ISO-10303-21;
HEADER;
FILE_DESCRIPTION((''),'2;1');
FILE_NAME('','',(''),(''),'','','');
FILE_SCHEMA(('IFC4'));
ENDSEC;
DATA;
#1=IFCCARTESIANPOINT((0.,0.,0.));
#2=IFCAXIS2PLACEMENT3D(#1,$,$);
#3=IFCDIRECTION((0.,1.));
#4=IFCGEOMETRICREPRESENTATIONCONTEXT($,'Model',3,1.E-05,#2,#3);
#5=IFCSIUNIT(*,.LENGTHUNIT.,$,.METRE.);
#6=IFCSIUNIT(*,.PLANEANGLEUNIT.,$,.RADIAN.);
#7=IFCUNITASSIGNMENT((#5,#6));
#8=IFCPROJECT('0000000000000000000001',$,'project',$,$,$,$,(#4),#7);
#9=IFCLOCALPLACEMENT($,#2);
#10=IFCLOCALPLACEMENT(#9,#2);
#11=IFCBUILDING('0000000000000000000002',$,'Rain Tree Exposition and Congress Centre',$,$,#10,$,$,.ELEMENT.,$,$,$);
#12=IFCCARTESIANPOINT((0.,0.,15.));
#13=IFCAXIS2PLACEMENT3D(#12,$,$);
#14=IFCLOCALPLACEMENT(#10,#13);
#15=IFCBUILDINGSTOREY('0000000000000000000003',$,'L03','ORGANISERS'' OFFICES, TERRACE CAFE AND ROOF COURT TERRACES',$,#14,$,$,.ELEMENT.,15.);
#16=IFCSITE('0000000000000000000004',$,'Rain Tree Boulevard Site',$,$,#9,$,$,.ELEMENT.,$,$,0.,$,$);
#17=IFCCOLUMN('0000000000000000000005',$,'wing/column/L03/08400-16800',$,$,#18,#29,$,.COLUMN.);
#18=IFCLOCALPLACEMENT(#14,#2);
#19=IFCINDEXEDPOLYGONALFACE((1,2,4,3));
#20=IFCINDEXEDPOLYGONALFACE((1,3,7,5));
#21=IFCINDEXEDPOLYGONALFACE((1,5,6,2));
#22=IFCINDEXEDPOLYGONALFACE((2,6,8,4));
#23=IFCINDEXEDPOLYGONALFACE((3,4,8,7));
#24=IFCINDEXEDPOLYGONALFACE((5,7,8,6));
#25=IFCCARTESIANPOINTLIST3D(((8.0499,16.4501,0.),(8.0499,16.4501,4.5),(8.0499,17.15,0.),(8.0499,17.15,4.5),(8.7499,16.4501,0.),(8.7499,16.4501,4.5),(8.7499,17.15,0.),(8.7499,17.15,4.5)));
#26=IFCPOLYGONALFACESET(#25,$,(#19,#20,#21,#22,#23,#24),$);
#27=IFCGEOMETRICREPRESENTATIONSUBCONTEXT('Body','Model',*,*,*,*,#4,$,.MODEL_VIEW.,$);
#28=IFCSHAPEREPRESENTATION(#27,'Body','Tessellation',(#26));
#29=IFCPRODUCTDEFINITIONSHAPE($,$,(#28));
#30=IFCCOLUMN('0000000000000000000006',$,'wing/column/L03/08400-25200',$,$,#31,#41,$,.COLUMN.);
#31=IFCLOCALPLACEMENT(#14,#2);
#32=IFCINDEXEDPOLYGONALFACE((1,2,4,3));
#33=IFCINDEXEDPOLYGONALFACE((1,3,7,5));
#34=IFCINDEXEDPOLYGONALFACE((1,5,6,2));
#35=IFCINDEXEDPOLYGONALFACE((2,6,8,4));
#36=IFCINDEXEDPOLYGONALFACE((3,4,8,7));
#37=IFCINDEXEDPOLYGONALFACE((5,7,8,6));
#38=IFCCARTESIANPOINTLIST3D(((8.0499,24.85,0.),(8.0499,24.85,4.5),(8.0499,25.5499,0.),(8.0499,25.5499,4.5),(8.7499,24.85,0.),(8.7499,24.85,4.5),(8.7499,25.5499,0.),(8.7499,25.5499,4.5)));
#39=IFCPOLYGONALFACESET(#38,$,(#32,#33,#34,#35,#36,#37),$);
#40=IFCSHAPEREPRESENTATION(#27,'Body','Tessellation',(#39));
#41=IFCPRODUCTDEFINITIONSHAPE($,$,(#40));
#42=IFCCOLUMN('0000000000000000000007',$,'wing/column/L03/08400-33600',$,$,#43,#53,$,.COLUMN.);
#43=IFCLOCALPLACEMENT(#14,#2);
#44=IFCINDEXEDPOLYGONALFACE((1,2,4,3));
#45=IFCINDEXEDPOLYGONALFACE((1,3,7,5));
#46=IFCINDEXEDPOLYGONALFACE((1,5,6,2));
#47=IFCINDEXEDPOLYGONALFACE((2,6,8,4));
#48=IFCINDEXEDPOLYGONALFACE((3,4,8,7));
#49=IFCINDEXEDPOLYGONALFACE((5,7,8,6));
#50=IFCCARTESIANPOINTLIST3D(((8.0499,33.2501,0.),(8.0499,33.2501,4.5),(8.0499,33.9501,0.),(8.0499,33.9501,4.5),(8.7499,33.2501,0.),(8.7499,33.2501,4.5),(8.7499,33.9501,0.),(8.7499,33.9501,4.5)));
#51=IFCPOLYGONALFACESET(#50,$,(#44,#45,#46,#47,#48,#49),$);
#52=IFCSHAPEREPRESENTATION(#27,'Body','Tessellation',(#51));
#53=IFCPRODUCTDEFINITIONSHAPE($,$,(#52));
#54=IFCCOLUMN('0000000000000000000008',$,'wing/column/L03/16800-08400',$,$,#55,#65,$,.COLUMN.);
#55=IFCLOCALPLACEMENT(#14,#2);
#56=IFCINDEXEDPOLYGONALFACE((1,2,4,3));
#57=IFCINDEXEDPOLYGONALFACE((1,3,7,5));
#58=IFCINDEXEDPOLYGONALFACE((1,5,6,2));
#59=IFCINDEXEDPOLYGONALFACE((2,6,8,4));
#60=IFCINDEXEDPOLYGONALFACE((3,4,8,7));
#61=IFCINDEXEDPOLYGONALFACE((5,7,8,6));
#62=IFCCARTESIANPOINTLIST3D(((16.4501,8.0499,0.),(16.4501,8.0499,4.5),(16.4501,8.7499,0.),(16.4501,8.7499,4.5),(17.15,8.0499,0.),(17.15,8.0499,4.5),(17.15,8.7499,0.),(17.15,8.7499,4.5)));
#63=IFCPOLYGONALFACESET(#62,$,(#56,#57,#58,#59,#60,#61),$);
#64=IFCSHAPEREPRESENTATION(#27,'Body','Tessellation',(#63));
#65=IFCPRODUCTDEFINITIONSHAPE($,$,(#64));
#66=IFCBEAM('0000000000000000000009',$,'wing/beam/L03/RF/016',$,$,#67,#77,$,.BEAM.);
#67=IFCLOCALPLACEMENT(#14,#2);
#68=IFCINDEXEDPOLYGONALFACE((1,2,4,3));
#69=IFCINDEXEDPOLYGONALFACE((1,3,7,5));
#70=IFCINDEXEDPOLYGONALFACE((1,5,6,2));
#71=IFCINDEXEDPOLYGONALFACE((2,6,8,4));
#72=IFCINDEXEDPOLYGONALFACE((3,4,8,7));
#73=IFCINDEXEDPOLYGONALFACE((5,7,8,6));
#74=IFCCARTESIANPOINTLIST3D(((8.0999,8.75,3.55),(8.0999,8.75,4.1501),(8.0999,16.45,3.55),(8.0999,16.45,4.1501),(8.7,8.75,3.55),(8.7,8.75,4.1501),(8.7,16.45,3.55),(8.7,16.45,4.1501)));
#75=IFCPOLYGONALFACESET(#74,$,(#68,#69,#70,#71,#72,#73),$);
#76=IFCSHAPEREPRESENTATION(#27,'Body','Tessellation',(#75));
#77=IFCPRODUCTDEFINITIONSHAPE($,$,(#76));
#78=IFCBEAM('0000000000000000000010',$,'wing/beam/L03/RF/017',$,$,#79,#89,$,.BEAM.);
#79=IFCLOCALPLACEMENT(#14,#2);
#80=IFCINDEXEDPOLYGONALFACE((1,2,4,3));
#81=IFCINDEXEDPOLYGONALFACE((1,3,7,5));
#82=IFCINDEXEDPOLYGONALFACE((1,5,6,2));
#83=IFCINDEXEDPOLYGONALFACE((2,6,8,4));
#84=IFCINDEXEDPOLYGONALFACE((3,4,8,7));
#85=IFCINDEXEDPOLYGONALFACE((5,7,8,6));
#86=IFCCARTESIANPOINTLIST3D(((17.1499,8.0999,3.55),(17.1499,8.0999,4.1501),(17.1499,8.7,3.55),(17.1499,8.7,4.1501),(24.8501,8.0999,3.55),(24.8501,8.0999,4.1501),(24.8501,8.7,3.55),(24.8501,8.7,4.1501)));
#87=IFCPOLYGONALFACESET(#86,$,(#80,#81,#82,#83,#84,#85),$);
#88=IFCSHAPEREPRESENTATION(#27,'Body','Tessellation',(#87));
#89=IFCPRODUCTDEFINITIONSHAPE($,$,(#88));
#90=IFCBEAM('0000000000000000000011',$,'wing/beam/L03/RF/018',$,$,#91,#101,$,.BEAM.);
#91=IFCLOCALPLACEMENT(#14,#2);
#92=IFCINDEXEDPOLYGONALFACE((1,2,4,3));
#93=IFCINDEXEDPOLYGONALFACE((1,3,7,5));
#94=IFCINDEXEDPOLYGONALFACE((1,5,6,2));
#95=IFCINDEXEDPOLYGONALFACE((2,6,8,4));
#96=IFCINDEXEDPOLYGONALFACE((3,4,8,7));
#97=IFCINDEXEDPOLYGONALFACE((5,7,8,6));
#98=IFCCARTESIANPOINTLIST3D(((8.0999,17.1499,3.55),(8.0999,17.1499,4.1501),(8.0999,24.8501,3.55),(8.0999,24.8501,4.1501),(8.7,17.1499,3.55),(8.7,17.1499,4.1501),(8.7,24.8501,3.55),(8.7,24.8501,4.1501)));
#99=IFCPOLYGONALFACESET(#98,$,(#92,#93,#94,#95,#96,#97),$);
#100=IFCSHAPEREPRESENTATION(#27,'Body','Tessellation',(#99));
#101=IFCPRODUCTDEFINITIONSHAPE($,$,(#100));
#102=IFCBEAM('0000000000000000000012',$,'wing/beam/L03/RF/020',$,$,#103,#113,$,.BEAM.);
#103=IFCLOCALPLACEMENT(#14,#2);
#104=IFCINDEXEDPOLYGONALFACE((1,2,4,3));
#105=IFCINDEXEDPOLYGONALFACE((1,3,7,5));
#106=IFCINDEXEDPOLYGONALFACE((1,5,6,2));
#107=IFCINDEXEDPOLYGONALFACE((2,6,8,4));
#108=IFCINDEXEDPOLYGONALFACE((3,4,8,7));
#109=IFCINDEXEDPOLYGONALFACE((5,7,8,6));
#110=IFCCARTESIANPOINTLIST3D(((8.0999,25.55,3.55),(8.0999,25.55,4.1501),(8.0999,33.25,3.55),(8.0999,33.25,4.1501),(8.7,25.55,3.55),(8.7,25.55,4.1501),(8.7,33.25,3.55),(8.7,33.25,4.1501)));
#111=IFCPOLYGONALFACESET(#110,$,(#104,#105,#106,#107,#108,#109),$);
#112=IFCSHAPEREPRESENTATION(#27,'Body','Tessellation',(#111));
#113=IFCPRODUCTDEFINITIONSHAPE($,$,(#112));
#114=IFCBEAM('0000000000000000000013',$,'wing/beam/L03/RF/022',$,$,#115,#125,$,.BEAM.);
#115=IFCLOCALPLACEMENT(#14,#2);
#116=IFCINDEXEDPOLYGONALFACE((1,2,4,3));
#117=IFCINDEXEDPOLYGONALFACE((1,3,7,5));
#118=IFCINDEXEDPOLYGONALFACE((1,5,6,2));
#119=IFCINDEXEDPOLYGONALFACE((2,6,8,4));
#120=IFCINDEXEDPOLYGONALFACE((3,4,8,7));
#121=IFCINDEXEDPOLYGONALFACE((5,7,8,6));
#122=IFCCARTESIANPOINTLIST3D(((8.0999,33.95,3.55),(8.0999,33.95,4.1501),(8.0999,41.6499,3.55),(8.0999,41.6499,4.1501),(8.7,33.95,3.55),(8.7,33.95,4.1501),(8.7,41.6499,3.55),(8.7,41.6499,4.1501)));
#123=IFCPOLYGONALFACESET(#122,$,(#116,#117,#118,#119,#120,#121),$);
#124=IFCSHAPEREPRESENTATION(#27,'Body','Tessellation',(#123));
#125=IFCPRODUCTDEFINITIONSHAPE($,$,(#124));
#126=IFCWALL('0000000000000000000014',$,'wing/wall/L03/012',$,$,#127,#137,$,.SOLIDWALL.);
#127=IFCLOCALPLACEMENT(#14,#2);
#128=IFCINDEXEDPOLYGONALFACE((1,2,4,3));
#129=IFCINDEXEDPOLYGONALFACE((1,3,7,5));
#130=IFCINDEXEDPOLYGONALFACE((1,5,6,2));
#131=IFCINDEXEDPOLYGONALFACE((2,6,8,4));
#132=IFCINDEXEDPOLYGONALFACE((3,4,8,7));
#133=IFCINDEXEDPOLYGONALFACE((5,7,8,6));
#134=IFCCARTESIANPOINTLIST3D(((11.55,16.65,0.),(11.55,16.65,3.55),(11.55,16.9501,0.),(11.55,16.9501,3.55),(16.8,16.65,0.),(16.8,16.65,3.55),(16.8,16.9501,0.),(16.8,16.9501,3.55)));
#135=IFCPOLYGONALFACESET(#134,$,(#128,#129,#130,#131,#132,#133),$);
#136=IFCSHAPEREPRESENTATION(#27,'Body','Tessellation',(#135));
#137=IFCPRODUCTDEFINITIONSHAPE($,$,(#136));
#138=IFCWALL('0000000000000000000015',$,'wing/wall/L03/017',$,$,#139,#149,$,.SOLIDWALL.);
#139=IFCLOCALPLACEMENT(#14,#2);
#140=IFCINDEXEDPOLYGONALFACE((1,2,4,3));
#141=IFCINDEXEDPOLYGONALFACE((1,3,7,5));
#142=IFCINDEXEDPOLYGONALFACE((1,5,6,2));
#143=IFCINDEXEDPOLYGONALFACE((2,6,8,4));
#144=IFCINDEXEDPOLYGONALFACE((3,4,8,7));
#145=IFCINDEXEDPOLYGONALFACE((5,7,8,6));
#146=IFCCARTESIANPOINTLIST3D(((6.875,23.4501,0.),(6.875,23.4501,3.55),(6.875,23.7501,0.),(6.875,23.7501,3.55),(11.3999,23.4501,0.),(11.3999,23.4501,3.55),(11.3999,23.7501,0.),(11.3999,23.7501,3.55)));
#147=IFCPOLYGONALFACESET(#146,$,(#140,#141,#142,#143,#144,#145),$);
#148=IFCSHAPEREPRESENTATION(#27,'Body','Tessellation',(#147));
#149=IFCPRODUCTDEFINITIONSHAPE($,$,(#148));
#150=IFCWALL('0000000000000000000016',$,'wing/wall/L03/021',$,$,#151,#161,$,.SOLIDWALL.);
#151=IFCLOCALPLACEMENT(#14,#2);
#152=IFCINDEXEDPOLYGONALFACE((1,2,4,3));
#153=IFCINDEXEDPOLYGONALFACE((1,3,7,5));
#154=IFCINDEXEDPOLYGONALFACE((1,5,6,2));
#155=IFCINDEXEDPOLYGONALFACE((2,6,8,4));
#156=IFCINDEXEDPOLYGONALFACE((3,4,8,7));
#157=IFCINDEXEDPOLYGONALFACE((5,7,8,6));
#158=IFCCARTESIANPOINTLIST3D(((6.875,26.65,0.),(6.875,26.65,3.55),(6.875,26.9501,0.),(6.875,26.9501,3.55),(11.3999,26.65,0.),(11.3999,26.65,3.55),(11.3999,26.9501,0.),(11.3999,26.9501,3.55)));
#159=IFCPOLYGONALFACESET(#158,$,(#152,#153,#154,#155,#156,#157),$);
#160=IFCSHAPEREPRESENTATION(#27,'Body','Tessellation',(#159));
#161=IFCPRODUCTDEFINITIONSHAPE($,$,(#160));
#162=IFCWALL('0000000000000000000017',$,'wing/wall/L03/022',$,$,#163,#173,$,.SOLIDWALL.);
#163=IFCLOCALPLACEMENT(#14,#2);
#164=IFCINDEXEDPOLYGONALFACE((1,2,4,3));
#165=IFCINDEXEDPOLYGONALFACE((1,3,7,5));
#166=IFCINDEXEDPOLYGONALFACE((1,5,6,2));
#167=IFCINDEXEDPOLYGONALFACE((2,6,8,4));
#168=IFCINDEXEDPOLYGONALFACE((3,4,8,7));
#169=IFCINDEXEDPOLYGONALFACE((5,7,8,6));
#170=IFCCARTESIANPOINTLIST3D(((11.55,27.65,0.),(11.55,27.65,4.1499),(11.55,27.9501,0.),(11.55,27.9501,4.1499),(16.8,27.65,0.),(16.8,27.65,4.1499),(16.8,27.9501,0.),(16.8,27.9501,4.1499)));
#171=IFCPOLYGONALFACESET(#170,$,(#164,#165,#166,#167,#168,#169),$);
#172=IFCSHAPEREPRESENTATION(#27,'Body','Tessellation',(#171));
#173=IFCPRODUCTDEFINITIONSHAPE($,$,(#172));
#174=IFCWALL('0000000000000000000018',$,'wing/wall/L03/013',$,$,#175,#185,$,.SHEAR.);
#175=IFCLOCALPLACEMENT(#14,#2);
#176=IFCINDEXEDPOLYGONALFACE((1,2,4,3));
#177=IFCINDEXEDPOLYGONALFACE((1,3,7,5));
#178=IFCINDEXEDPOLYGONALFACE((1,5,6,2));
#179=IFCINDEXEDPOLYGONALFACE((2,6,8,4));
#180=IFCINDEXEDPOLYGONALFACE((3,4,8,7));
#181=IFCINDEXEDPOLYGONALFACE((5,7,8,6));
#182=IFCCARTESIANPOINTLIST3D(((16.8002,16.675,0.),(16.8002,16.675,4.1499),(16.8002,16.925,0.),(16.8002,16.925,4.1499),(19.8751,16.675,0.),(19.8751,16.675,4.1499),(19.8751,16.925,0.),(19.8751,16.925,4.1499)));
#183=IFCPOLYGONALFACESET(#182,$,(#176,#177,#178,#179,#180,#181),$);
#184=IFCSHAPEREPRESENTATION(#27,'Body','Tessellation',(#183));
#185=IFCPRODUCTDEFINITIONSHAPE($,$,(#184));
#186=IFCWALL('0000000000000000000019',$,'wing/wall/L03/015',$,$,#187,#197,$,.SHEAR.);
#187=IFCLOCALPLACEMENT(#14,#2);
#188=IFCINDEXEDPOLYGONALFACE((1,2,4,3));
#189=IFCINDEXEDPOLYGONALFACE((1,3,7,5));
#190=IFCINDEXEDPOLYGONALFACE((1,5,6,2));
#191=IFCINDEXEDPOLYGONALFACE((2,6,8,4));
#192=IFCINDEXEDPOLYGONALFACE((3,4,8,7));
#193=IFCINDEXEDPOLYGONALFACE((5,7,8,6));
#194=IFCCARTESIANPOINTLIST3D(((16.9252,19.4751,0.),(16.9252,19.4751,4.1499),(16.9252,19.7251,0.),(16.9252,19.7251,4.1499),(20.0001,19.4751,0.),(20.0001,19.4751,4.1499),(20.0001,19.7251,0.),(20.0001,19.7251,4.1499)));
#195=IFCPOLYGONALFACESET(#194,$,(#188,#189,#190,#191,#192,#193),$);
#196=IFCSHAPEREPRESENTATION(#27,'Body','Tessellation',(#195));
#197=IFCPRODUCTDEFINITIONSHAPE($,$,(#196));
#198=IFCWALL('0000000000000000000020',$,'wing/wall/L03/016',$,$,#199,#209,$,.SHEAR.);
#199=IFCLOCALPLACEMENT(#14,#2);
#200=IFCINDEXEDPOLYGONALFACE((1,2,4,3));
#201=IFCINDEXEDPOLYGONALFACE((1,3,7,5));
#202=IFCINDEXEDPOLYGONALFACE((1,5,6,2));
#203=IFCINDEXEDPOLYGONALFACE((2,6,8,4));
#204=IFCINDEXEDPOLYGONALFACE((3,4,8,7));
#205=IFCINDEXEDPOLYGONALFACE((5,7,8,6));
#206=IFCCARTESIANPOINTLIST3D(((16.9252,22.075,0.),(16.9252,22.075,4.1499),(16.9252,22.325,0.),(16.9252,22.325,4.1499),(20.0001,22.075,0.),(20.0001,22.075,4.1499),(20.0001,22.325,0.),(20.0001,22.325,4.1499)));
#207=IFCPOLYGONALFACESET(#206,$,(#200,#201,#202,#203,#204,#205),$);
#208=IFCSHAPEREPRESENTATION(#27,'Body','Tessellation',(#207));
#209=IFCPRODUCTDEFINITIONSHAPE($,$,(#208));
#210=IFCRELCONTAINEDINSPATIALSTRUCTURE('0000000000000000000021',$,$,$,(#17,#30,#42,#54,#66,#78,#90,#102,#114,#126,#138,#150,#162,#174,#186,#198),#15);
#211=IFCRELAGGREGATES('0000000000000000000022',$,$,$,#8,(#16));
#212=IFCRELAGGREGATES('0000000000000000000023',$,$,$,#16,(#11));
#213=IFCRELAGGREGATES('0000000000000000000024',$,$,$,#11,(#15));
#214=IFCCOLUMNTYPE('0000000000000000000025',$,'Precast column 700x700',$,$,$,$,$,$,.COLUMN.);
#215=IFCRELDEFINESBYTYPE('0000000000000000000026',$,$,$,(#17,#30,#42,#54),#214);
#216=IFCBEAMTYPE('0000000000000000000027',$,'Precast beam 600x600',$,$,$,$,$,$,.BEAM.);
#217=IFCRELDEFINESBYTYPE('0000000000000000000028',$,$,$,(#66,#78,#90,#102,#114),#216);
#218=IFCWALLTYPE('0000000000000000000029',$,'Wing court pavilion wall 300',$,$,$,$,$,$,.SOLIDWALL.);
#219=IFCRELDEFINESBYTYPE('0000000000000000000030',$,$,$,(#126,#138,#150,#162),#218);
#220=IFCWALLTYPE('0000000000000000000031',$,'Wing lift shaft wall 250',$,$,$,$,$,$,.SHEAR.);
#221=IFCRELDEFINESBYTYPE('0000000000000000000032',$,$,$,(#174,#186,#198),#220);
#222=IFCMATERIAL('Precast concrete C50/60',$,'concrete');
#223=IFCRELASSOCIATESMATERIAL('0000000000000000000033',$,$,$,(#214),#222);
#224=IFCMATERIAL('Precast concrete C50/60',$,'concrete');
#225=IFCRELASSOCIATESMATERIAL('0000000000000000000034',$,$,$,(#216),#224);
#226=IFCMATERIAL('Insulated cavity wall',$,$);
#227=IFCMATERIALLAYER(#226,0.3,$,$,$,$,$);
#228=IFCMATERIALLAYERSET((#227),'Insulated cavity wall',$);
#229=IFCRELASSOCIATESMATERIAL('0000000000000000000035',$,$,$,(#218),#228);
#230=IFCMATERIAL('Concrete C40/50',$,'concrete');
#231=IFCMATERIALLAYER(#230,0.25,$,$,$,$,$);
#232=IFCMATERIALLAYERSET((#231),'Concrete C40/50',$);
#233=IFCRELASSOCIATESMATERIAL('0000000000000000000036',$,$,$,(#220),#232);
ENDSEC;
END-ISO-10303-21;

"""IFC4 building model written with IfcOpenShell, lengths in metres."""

from ifc_helpers import new_model, si_unit, direction, frame, frame_2d, origin, origin_2d, place, context, subcontext, project, spatial, rectangle, extrude, material, layer, layer_set, material_profile, profile_set, type_object, element, save


model = new_model("IFC4")

# Units and contexts
model_context = context("Model", 3, precision=1e-05, world=origin(), true_north=direction((0.0, 1.0)))
body_context = subcontext(model_context, "Body", "Model", "MODEL_VIEW")
ifc_project = project(units=[si_unit("LENGTHUNIT", "METRE"), si_unit("PLANEANGLEUNIT", "RADIAN")], contexts=[model_context])

# Site, building, storey
site_placement = place(None, origin())
site = spatial("IfcSite", under=ifc_project, at=site_placement, Name="Rain Tree Boulevard Site", CompositionType="ELEMENT", RefElevation=0.0)
building_placement = place(site_placement, origin())
building = spatial("IfcBuilding", under=site, at=building_placement, Name="Rain Tree Exposition and Congress Centre", CompositionType="ELEMENT")
storey_placement = place(building_placement, frame((0.0, 0.0, 15.0)))
storey = spatial("IfcBuildingStorey", under=building, at=storey_placement, Name="L03", Description="ORGANISERS' OFFICES, TERRACE CAFE AND ROOF COURT TERRACES", CompositionType="ELEMENT", Elevation=15.0)

# Columns
ifc_material_1 = material(Name="Precast concrete C50/60", Category="concrete")
ifc_material_profile_1 = material_profile(ifc_material_1, rectangle(XDim=0.7, YDim=0.7, at=origin_2d()), Name="RC 700x700")
ifc_profile_set_1 = profile_set([ifc_material_profile_1], Name="Precast concrete C50/60")
column_type = type_object("IfcColumnType", Name="Precast column 700x700", PredefinedType="COLUMN", material=ifc_profile_set_1)
for number, where, z_axis, x_axis, name in (
    (1, (8.3999, 16.8, 0.0), (0.0, 0.0, 1.0), (1.0, 0.0, 0.0), "wing/column/L03/08400-16800"),
    (2, (8.3999, 25.2, 0.0), (0.0, 0.0, 1.0), (1.0, 0.0, 0.0), "wing/column/L03/08400-25200"),
    (3, (8.3999, 33.6001, 0.0), (0.0, 0.0, 1.0), (1.0, 0.0, 0.0), "wing/column/L03/08400-33600"),
    (4, (16.8, 8.3999, 0.0), (0.0, 0.0, 1.0), (1.0, 0.0, 0.0), "wing/column/L03/16800-08400"),
):
    element("IfcColumn", number, at=place(storey_placement, frame(where, z_axis=z_axis, x_axis=x_axis)), inside=storey, type_object=column_type, Name=name, PredefinedType="COLUMN", context=body_context, shape_type="SweptSolid", body=[
        extrude(rectangle(XDim=0.7, YDim=0.7, at=origin_2d()), origin(), (0.0, 0.0, 1.0), 4.5),
    ])

# Beams
ifc_material_2 = material(Name="Precast concrete C50/60", Category="concrete")
ifc_material_profile_2 = material_profile(ifc_material_2, rectangle(XDim=0.6001, YDim=0.6001, at=origin_2d()), Name="RC 600x600")
ifc_profile_set_2 = profile_set([ifc_material_profile_2], Name="Precast concrete C50/60")
beam_type = type_object("IfcBeamType", Name="Precast beam 600x600", PredefinedType="BEAM", material=ifc_profile_set_2)
beam_placement = place(storey_placement, frame((8.3999, 8.75, 3.8501), z_axis=(0.0, 1.0, 0.0), x_axis=(-1.0, 0.0, 0.0)))
element("IfcBeam", 5, at=beam_placement, inside=storey, type_object=beam_type, Name="wing/beam/L03/RF/016", PredefinedType="BEAM", context=body_context, shape_type="SweptSolid", body=[
    extrude(rectangle(XDim=0.6001, YDim=0.6001, at=origin_2d()), origin(), (0.0, 0.0, 1.0), 7.7),
])
for number, where, z_axis, x_axis, name in (
    (6, (17.1499, 8.3999, 3.8501), (1.0, 0.0, 0.0), (0.0, 1.0, 0.0), "wing/beam/L03/RF/017"),
    (7, (8.3999, 17.1499, 3.8501), (0.0, 1.0, 0.0), (-1.0, 0.0, 0.0), "wing/beam/L03/RF/018"),
):
    element("IfcBeam", number, at=place(storey_placement, frame(where, z_axis=z_axis, x_axis=x_axis)), inside=storey, type_object=beam_type, Name=name, PredefinedType="BEAM", context=body_context, shape_type="SweptSolid", body=[
        extrude(rectangle(XDim=0.6001, YDim=0.6001, at=origin_2d()), origin(), (0.0, 0.0, 1.0), 7.7002),
    ])
for number, where, z_axis, x_axis, name in (
    (8, (8.3999, 25.55, 3.8501), (0.0, 1.0, 0.0), (-1.0, 0.0, 0.0), "wing/beam/L03/RF/020"),
    (9, (8.3999, 33.95, 3.8501), (0.0, 1.0, 0.0), (-1.0, 0.0, 0.0), "wing/beam/L03/RF/022"),
):
    element("IfcBeam", number, at=place(storey_placement, frame(where, z_axis=z_axis, x_axis=x_axis)), inside=storey, type_object=beam_type, Name=name, PredefinedType="BEAM", context=body_context, shape_type="SweptSolid", body=[
        extrude(rectangle(XDim=0.6001, YDim=0.6001, at=origin_2d()), origin(), (0.0, 0.0, 1.0), 7.7),
    ])

# Walls
ifc_material_3 = material(Name="Insulated cavity wall")
ifc_layer_1 = layer(ifc_material_3, 0.3)
ifc_layer_set_1 = layer_set([ifc_layer_1], Name="Insulated cavity wall")
wall_type_1 = type_object("IfcWallType", Name="Wing court pavilion wall 300", PredefinedType="SOLIDWALL", material=ifc_layer_set_1)
wall_1_placement = place(storey_placement, frame((11.55, 16.8, 0.0), z_axis=(0.0, 0.0, 1.0), x_axis=(1.0, 0.0, 0.0)))
element("IfcWall", 10, at=wall_1_placement, inside=storey, type_object=wall_type_1, Name="wing/wall/L03/012", PredefinedType="SOLIDWALL", context=body_context, shape_type="SweptSolid", body=[
    extrude(rectangle(XDim=5.25, YDim=0.3, at=frame_2d((2.625, 0.0))), origin(), (0.0, 0.0, 1.0), 3.55),
])
for number, where, z_axis, x_axis, name in (
    (11, (6.875, 23.6001, 0.0), (0.0, 0.0, 1.0), (1.0, 0.0, 0.0), "wing/wall/L03/017"),
    (12, (6.875, 26.8, 0.0), (0.0, 0.0, 1.0), (1.0, 0.0, 0.0), "wing/wall/L03/021"),
):
    element("IfcWall", number, at=place(storey_placement, frame(where, z_axis=z_axis, x_axis=x_axis)), inside=storey, type_object=wall_type_1, Name=name, PredefinedType="SOLIDWALL", context=body_context, shape_type="SweptSolid", body=[
        extrude(rectangle(XDim=4.5249, YDim=0.3, at=frame_2d((2.2625, 0.0))), origin(), (0.0, 0.0, 1.0), 3.55),
    ])
wall_2_placement = place(storey_placement, frame((11.55, 27.8, 0.0), z_axis=(0.0, 0.0, 1.0), x_axis=(1.0, 0.0, 0.0)))
element("IfcWall", 13, at=wall_2_placement, inside=storey, type_object=wall_type_1, Name="wing/wall/L03/022", PredefinedType="SOLIDWALL", context=body_context, shape_type="SweptSolid", body=[
    extrude(rectangle(XDim=5.25, YDim=0.3, at=frame_2d((2.625, 0.0))), origin(), (0.0, 0.0, 1.0), 4.1499),
])

# Walls
ifc_material_4 = material(Name="Concrete C40/50", Category="concrete")
ifc_layer_2 = layer(ifc_material_4, 0.25)
ifc_layer_set_2 = layer_set([ifc_layer_2], Name="Concrete C40/50")
wall_type_2 = type_object("IfcWallType", Name="Wing lift shaft wall 250", PredefinedType="SHEAR", material=ifc_layer_set_2)
for number, where, z_axis, x_axis, name in (
    (14, (16.8, 16.8, 0.0), (0.0, 0.0, 1.0), (1.0, 0.0, 0.0), "wing/wall/L03/013"),
    (15, (16.925, 19.6001, 0.0), (0.0, 0.0, 1.0), (1.0, 0.0, 0.0), "wing/wall/L03/015"),
    (16, (16.925, 22.2, 0.0), (0.0, 0.0, 1.0), (1.0, 0.0, 0.0), "wing/wall/L03/016"),
):
    element("IfcWall", number, at=place(storey_placement, frame(where, z_axis=z_axis, x_axis=x_axis)), inside=storey, type_object=wall_type_2, Name=name, PredefinedType="SHEAR", context=body_context, shape_type="SweptSolid", body=[
        extrude(rectangle(XDim=3.075, YDim=0.25, at=frame_2d((1.5376, 0.0))), origin(), (0.0, 0.0, 1.0), 4.1499),
    ])

save(model, "model.ifc")
